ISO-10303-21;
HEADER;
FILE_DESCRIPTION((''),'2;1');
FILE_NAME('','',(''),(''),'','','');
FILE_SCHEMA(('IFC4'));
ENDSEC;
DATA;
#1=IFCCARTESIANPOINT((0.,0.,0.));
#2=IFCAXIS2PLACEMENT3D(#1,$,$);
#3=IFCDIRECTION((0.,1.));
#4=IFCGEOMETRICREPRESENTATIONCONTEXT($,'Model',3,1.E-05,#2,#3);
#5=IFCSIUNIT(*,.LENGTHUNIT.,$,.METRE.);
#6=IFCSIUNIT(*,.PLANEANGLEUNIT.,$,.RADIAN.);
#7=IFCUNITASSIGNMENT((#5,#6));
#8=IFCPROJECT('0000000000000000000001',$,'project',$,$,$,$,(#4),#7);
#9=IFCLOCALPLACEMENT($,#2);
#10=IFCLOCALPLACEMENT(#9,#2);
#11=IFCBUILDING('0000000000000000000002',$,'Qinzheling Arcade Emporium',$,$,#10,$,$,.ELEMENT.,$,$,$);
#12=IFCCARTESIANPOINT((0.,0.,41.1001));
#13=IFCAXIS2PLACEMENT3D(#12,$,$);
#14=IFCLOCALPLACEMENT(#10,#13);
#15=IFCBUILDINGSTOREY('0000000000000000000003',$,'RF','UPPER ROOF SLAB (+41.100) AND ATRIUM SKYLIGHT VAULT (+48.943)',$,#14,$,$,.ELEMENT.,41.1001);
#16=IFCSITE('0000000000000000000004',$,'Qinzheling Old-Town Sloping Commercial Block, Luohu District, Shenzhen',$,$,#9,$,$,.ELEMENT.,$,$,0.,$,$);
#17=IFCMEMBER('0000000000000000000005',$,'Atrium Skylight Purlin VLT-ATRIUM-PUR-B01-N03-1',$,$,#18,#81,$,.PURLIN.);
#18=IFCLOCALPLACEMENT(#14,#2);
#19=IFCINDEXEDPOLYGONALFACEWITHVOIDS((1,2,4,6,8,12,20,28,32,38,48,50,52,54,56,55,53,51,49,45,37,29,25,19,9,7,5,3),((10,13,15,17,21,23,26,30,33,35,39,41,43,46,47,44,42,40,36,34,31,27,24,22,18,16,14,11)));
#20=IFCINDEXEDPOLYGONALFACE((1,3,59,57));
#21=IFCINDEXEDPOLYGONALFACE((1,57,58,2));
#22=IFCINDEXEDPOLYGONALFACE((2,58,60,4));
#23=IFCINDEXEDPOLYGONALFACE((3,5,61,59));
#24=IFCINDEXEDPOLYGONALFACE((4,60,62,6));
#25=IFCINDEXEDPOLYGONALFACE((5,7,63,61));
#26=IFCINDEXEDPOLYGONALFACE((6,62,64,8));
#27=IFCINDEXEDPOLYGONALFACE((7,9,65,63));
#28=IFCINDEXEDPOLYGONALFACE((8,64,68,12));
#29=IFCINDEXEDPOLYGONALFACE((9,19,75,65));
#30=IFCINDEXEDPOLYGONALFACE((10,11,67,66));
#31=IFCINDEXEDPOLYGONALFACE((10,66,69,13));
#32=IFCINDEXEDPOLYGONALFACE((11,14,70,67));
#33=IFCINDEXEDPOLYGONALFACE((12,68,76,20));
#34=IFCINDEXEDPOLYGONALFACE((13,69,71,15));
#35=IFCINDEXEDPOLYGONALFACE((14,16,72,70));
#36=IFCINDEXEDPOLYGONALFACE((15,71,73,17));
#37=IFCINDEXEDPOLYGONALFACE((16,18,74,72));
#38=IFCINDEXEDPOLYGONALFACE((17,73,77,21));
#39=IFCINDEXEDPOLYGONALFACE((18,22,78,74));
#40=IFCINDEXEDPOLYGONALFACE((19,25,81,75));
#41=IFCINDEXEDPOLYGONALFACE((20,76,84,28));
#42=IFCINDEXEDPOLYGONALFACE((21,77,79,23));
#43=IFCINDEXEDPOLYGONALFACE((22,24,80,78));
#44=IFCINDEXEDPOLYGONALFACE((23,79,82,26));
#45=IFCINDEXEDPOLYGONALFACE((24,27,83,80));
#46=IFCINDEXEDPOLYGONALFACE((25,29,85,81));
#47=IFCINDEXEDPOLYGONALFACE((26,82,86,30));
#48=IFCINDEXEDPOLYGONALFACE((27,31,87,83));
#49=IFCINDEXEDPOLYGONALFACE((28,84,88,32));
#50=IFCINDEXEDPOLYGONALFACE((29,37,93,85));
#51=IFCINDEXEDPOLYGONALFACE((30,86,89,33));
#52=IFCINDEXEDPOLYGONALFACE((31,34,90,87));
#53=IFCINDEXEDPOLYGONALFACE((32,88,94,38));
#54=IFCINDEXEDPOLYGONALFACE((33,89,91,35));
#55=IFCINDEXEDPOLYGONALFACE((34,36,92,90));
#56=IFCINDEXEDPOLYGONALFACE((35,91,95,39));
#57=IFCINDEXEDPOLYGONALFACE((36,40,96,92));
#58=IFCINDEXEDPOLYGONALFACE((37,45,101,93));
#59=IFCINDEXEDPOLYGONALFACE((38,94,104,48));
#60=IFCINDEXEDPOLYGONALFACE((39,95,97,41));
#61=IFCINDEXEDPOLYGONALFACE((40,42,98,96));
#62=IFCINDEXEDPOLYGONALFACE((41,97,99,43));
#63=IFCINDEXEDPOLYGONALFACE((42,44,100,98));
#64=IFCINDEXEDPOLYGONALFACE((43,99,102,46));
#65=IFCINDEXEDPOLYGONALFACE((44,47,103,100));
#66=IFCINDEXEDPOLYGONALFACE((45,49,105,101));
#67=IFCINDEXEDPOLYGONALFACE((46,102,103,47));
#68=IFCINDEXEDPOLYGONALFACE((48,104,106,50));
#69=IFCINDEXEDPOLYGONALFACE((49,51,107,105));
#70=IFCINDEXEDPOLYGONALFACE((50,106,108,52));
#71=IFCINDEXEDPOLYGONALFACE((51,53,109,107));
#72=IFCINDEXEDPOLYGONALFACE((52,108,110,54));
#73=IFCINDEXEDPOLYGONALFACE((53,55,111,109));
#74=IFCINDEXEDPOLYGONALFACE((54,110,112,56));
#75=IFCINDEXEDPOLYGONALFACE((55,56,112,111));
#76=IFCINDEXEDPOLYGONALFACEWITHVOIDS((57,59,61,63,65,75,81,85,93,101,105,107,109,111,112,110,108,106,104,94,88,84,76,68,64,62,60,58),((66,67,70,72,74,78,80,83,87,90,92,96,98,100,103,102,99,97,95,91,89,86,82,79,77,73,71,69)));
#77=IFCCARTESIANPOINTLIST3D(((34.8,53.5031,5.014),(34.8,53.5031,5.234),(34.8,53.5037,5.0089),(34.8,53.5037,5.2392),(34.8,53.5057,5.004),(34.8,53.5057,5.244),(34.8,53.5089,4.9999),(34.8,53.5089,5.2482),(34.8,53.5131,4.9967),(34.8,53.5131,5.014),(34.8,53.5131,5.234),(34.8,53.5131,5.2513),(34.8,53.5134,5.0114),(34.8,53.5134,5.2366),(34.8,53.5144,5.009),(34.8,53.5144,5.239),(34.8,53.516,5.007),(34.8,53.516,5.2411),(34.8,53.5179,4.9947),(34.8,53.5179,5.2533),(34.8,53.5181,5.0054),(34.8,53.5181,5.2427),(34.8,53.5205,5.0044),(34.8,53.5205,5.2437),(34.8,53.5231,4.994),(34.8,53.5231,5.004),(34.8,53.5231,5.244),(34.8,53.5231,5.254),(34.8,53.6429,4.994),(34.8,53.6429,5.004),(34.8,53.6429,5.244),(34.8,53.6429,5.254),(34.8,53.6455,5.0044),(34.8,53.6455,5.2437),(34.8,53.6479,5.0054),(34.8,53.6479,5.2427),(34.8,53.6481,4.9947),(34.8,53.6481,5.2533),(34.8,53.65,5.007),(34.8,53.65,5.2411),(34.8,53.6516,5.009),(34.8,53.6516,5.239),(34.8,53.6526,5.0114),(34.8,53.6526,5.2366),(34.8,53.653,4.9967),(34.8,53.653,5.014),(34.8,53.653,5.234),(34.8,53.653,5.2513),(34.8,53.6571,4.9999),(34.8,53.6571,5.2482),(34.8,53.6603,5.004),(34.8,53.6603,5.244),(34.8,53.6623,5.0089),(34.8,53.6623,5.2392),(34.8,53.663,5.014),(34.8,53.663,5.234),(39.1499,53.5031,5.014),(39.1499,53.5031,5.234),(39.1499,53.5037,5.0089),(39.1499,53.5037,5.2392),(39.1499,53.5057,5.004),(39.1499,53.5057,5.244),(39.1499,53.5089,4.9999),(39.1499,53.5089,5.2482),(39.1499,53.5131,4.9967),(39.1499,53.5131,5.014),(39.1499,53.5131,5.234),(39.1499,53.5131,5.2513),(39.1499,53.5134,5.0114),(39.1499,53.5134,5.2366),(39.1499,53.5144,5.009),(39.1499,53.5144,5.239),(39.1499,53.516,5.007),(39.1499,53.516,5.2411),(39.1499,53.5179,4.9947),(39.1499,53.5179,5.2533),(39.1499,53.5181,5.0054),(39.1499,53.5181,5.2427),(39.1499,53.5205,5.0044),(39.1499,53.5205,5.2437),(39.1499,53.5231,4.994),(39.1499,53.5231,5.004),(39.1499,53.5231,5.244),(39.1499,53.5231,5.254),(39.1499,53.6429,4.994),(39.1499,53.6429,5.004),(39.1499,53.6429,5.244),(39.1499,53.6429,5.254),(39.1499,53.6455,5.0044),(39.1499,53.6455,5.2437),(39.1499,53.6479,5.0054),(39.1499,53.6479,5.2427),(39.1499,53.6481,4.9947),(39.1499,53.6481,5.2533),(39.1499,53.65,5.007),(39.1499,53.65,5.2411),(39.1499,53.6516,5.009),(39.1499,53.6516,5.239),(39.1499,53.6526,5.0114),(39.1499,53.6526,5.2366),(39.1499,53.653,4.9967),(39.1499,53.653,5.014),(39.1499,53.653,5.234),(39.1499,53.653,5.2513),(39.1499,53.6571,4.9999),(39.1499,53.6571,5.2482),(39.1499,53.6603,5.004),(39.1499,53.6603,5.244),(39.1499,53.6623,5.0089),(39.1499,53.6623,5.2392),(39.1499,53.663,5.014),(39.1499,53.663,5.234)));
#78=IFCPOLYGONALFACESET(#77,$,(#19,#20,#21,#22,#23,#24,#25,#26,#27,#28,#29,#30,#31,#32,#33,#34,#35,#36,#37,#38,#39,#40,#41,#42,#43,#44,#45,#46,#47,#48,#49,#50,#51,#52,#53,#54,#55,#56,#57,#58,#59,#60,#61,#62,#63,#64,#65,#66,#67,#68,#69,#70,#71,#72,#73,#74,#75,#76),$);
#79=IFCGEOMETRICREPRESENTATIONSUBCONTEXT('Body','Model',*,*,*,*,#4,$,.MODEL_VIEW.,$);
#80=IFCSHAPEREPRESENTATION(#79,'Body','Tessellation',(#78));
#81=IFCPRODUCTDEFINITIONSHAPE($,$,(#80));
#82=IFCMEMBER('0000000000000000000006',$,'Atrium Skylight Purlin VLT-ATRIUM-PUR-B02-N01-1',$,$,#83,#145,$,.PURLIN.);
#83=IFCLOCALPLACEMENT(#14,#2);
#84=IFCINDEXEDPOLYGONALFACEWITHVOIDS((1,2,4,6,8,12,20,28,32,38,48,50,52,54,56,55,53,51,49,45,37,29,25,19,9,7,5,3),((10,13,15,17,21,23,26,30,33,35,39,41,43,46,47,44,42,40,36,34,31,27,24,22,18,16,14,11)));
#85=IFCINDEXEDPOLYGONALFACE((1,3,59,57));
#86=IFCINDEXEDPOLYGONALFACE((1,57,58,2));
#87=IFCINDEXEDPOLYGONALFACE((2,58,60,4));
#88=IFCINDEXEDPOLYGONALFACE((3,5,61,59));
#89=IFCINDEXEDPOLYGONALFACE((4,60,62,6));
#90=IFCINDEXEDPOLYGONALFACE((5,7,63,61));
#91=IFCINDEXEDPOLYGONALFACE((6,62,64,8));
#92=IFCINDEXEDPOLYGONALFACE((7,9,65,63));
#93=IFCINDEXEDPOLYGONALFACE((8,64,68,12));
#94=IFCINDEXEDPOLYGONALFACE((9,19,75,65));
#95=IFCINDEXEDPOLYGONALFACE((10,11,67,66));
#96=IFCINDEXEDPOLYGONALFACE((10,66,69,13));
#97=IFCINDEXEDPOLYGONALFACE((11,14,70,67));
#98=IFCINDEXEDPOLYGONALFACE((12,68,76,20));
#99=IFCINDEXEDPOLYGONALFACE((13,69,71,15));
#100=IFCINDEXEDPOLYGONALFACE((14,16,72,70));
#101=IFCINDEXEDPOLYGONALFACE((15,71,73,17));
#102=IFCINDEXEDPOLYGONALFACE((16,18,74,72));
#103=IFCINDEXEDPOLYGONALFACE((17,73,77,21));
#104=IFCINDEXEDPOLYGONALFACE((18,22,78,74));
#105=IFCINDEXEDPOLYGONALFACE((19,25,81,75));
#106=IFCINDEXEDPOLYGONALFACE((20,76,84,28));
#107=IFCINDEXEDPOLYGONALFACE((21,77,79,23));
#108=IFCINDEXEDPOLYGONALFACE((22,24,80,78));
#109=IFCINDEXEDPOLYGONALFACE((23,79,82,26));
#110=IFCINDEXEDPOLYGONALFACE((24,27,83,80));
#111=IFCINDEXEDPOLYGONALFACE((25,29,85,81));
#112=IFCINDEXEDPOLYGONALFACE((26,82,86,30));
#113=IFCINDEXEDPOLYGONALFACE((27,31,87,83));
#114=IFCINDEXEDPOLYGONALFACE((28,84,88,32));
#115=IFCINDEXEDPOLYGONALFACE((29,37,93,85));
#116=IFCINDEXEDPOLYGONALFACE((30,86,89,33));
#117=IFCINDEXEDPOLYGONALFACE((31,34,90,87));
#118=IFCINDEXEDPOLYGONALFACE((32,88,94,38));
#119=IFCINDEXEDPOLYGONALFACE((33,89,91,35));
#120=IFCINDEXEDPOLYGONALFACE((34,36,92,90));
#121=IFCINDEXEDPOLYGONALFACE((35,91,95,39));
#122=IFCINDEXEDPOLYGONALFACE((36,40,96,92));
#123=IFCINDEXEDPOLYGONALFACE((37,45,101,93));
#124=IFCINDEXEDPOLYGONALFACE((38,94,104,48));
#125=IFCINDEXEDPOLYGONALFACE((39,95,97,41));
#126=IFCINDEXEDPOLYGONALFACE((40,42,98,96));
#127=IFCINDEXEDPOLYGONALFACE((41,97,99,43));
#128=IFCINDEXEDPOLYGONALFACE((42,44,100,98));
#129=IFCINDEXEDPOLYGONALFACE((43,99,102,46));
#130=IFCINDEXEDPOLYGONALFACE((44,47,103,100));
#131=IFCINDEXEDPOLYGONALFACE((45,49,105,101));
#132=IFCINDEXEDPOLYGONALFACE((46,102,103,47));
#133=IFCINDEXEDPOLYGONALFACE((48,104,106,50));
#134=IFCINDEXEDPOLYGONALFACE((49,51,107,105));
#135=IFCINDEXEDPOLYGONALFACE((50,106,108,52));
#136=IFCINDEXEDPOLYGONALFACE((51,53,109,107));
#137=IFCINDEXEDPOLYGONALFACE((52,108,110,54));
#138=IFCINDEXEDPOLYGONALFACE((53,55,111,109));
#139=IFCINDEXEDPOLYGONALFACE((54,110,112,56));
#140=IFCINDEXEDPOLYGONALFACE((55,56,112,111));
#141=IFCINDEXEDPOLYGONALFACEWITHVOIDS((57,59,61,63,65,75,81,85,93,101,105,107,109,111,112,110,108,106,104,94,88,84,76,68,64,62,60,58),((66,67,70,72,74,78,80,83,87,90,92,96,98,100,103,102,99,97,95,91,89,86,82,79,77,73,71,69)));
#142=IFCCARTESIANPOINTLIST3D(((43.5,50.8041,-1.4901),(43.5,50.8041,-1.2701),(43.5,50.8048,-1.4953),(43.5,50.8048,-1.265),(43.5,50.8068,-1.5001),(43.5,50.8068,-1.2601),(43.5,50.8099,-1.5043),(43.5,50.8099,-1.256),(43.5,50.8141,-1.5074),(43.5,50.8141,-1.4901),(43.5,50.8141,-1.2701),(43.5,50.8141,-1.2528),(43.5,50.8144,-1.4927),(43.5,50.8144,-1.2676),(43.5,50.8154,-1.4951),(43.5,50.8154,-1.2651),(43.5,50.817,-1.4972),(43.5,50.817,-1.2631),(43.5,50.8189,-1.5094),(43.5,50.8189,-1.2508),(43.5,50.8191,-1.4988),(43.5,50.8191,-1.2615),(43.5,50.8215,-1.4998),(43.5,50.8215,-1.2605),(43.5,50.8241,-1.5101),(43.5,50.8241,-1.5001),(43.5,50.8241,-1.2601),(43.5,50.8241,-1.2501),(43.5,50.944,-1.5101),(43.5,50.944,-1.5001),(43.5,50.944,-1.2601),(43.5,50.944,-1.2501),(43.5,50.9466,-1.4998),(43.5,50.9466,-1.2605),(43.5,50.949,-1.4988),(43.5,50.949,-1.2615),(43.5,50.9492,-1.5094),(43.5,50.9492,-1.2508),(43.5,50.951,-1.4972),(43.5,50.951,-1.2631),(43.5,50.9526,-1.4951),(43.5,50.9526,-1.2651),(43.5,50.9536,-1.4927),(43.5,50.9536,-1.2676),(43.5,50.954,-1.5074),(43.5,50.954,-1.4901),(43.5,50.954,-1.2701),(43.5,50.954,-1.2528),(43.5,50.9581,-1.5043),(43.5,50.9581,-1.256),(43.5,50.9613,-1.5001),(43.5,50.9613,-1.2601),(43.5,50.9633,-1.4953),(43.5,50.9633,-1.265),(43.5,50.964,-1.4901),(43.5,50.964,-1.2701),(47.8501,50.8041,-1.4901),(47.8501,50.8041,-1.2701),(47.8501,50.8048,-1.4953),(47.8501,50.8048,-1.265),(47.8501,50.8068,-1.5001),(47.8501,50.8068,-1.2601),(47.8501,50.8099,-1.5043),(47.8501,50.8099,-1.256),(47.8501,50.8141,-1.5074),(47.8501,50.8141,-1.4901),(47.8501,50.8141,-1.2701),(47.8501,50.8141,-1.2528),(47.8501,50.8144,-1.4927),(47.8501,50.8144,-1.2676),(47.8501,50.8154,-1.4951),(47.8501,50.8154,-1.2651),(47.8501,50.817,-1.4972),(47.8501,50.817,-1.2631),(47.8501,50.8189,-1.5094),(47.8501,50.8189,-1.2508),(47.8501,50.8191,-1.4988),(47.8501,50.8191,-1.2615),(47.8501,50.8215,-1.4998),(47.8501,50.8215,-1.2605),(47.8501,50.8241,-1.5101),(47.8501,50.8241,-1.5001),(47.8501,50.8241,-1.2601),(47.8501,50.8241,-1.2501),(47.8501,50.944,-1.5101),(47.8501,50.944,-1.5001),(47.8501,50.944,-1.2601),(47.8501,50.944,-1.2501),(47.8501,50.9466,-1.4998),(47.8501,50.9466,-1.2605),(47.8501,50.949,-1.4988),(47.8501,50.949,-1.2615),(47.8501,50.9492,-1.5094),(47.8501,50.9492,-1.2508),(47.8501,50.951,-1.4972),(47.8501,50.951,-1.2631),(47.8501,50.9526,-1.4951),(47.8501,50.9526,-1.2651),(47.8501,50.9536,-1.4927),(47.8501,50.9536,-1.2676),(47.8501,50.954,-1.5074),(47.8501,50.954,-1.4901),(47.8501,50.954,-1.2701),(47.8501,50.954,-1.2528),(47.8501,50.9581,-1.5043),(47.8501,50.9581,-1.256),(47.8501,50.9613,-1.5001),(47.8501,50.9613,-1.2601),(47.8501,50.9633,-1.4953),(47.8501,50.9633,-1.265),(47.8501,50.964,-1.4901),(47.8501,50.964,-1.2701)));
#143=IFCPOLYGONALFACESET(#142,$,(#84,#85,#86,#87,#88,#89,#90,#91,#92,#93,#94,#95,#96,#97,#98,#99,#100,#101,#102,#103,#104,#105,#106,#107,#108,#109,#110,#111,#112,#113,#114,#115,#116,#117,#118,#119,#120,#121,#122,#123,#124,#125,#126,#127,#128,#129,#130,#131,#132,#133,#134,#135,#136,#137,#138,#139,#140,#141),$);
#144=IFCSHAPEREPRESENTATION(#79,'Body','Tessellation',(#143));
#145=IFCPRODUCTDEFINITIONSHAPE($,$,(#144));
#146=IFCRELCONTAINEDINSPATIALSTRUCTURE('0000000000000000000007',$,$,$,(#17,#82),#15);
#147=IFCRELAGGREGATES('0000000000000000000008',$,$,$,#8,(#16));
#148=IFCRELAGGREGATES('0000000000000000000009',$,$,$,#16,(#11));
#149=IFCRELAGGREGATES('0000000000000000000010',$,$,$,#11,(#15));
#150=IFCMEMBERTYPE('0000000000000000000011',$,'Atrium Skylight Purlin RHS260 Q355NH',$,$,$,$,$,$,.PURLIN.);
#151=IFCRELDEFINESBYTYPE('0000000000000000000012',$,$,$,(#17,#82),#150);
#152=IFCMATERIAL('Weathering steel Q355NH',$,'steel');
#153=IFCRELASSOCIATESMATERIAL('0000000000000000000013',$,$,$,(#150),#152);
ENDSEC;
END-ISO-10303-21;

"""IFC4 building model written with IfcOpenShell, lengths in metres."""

from ifc_helpers import new_model, si_unit, direction, frame, origin, origin_2d, place, context, subcontext, project, spatial, hollow_rectangle, extrude, material, material_profile, profile_set, type_object, element, save


model = new_model("IFC4")

# Units and contexts
model_context = context("Model", 3, precision=1e-05, world=origin(), true_north=direction((0.0, 1.0)))
body_context = subcontext(model_context, "Body", "Model", "MODEL_VIEW")
ifc_project = project(units=[si_unit("LENGTHUNIT", "METRE"), si_unit("PLANEANGLEUNIT", "RADIAN")], contexts=[model_context])

# Site, building, storey
site_placement = place(None, origin())
site = spatial("IfcSite", under=ifc_project, at=site_placement, Name="Qinzheling Old-Town Sloping Commercial Block, Luohu District, Shenzhen", CompositionType="ELEMENT", RefElevation=0.0)
building_placement = place(site_placement, origin())
building = spatial("IfcBuilding", under=site, at=building_placement, Name="Qinzheling Arcade Emporium", CompositionType="ELEMENT")
storey_placement = place(building_placement, frame((0.0, 0.0, 41.1001)))
storey = spatial("IfcBuildingStorey", under=building, at=storey_placement, Name="RF", Description="UPPER ROOF SLAB (+41.100) AND ATRIUM SKYLIGHT VAULT (+48.943)", CompositionType="ELEMENT", Elevation=41.1001)

# Shared definitions
ifc_material_1 = material(Name="Weathering steel Q355NH", Category="steel")

# Members
ifc_material_profile_1 = material_profile(ifc_material_1, hollow_rectangle(XDim=0.1599, YDim=0.26, WallThickness=0.01, InnerFilletRadius=0.01, OuterFilletRadius=0.02, at=origin_2d()), Name="RHS 260x160x10", Category="steel")
ifc_profile_set_1 = profile_set([ifc_material_profile_1], Name="Weathering steel Q355NH")
member_type = type_object("IfcMemberType", Name="Atrium Skylight Purlin RHS260 Q355NH", PredefinedType="PURLIN", material=ifc_profile_set_1)
member_1_placement = place(storey_placement, frame((34.8, 53.583, 5.124), z_axis=(1.0, 0.0, 0.0), x_axis=(0.0, 1.0, 0.0)))
element("IfcMember", 1, at=member_1_placement, inside=storey, type_object=member_type, Name="Atrium Skylight Purlin VLT-ATRIUM-PUR-B01-N03-1", PredefinedType="PURLIN", context=body_context, shape_type="SweptSolid", body=[
    extrude(hollow_rectangle(XDim=0.1599, YDim=0.26, WallThickness=0.01, InnerFilletRadius=0.01, OuterFilletRadius=0.02, at=origin_2d()), origin(), (0.0, 0.0, 1.0), 4.3499),
])
member_2_placement = place(storey_placement, frame((43.5, 50.884, -1.3801), z_axis=(1.0, 0.0, 0.0), x_axis=(0.0, 1.0, 0.0)))
element("IfcMember", 2, at=member_2_placement, inside=storey, type_object=member_type, Name="Atrium Skylight Purlin VLT-ATRIUM-PUR-B02-N01-1", PredefinedType="PURLIN", context=body_context, shape_type="SweptSolid", body=[
    extrude(hollow_rectangle(XDim=0.1599, YDim=0.26, WallThickness=0.01, InnerFilletRadius=0.01, OuterFilletRadius=0.02, at=origin_2d()), origin(), (0.0, 0.0, 1.0), 4.3501),
])

save(model, "model.ifc")
